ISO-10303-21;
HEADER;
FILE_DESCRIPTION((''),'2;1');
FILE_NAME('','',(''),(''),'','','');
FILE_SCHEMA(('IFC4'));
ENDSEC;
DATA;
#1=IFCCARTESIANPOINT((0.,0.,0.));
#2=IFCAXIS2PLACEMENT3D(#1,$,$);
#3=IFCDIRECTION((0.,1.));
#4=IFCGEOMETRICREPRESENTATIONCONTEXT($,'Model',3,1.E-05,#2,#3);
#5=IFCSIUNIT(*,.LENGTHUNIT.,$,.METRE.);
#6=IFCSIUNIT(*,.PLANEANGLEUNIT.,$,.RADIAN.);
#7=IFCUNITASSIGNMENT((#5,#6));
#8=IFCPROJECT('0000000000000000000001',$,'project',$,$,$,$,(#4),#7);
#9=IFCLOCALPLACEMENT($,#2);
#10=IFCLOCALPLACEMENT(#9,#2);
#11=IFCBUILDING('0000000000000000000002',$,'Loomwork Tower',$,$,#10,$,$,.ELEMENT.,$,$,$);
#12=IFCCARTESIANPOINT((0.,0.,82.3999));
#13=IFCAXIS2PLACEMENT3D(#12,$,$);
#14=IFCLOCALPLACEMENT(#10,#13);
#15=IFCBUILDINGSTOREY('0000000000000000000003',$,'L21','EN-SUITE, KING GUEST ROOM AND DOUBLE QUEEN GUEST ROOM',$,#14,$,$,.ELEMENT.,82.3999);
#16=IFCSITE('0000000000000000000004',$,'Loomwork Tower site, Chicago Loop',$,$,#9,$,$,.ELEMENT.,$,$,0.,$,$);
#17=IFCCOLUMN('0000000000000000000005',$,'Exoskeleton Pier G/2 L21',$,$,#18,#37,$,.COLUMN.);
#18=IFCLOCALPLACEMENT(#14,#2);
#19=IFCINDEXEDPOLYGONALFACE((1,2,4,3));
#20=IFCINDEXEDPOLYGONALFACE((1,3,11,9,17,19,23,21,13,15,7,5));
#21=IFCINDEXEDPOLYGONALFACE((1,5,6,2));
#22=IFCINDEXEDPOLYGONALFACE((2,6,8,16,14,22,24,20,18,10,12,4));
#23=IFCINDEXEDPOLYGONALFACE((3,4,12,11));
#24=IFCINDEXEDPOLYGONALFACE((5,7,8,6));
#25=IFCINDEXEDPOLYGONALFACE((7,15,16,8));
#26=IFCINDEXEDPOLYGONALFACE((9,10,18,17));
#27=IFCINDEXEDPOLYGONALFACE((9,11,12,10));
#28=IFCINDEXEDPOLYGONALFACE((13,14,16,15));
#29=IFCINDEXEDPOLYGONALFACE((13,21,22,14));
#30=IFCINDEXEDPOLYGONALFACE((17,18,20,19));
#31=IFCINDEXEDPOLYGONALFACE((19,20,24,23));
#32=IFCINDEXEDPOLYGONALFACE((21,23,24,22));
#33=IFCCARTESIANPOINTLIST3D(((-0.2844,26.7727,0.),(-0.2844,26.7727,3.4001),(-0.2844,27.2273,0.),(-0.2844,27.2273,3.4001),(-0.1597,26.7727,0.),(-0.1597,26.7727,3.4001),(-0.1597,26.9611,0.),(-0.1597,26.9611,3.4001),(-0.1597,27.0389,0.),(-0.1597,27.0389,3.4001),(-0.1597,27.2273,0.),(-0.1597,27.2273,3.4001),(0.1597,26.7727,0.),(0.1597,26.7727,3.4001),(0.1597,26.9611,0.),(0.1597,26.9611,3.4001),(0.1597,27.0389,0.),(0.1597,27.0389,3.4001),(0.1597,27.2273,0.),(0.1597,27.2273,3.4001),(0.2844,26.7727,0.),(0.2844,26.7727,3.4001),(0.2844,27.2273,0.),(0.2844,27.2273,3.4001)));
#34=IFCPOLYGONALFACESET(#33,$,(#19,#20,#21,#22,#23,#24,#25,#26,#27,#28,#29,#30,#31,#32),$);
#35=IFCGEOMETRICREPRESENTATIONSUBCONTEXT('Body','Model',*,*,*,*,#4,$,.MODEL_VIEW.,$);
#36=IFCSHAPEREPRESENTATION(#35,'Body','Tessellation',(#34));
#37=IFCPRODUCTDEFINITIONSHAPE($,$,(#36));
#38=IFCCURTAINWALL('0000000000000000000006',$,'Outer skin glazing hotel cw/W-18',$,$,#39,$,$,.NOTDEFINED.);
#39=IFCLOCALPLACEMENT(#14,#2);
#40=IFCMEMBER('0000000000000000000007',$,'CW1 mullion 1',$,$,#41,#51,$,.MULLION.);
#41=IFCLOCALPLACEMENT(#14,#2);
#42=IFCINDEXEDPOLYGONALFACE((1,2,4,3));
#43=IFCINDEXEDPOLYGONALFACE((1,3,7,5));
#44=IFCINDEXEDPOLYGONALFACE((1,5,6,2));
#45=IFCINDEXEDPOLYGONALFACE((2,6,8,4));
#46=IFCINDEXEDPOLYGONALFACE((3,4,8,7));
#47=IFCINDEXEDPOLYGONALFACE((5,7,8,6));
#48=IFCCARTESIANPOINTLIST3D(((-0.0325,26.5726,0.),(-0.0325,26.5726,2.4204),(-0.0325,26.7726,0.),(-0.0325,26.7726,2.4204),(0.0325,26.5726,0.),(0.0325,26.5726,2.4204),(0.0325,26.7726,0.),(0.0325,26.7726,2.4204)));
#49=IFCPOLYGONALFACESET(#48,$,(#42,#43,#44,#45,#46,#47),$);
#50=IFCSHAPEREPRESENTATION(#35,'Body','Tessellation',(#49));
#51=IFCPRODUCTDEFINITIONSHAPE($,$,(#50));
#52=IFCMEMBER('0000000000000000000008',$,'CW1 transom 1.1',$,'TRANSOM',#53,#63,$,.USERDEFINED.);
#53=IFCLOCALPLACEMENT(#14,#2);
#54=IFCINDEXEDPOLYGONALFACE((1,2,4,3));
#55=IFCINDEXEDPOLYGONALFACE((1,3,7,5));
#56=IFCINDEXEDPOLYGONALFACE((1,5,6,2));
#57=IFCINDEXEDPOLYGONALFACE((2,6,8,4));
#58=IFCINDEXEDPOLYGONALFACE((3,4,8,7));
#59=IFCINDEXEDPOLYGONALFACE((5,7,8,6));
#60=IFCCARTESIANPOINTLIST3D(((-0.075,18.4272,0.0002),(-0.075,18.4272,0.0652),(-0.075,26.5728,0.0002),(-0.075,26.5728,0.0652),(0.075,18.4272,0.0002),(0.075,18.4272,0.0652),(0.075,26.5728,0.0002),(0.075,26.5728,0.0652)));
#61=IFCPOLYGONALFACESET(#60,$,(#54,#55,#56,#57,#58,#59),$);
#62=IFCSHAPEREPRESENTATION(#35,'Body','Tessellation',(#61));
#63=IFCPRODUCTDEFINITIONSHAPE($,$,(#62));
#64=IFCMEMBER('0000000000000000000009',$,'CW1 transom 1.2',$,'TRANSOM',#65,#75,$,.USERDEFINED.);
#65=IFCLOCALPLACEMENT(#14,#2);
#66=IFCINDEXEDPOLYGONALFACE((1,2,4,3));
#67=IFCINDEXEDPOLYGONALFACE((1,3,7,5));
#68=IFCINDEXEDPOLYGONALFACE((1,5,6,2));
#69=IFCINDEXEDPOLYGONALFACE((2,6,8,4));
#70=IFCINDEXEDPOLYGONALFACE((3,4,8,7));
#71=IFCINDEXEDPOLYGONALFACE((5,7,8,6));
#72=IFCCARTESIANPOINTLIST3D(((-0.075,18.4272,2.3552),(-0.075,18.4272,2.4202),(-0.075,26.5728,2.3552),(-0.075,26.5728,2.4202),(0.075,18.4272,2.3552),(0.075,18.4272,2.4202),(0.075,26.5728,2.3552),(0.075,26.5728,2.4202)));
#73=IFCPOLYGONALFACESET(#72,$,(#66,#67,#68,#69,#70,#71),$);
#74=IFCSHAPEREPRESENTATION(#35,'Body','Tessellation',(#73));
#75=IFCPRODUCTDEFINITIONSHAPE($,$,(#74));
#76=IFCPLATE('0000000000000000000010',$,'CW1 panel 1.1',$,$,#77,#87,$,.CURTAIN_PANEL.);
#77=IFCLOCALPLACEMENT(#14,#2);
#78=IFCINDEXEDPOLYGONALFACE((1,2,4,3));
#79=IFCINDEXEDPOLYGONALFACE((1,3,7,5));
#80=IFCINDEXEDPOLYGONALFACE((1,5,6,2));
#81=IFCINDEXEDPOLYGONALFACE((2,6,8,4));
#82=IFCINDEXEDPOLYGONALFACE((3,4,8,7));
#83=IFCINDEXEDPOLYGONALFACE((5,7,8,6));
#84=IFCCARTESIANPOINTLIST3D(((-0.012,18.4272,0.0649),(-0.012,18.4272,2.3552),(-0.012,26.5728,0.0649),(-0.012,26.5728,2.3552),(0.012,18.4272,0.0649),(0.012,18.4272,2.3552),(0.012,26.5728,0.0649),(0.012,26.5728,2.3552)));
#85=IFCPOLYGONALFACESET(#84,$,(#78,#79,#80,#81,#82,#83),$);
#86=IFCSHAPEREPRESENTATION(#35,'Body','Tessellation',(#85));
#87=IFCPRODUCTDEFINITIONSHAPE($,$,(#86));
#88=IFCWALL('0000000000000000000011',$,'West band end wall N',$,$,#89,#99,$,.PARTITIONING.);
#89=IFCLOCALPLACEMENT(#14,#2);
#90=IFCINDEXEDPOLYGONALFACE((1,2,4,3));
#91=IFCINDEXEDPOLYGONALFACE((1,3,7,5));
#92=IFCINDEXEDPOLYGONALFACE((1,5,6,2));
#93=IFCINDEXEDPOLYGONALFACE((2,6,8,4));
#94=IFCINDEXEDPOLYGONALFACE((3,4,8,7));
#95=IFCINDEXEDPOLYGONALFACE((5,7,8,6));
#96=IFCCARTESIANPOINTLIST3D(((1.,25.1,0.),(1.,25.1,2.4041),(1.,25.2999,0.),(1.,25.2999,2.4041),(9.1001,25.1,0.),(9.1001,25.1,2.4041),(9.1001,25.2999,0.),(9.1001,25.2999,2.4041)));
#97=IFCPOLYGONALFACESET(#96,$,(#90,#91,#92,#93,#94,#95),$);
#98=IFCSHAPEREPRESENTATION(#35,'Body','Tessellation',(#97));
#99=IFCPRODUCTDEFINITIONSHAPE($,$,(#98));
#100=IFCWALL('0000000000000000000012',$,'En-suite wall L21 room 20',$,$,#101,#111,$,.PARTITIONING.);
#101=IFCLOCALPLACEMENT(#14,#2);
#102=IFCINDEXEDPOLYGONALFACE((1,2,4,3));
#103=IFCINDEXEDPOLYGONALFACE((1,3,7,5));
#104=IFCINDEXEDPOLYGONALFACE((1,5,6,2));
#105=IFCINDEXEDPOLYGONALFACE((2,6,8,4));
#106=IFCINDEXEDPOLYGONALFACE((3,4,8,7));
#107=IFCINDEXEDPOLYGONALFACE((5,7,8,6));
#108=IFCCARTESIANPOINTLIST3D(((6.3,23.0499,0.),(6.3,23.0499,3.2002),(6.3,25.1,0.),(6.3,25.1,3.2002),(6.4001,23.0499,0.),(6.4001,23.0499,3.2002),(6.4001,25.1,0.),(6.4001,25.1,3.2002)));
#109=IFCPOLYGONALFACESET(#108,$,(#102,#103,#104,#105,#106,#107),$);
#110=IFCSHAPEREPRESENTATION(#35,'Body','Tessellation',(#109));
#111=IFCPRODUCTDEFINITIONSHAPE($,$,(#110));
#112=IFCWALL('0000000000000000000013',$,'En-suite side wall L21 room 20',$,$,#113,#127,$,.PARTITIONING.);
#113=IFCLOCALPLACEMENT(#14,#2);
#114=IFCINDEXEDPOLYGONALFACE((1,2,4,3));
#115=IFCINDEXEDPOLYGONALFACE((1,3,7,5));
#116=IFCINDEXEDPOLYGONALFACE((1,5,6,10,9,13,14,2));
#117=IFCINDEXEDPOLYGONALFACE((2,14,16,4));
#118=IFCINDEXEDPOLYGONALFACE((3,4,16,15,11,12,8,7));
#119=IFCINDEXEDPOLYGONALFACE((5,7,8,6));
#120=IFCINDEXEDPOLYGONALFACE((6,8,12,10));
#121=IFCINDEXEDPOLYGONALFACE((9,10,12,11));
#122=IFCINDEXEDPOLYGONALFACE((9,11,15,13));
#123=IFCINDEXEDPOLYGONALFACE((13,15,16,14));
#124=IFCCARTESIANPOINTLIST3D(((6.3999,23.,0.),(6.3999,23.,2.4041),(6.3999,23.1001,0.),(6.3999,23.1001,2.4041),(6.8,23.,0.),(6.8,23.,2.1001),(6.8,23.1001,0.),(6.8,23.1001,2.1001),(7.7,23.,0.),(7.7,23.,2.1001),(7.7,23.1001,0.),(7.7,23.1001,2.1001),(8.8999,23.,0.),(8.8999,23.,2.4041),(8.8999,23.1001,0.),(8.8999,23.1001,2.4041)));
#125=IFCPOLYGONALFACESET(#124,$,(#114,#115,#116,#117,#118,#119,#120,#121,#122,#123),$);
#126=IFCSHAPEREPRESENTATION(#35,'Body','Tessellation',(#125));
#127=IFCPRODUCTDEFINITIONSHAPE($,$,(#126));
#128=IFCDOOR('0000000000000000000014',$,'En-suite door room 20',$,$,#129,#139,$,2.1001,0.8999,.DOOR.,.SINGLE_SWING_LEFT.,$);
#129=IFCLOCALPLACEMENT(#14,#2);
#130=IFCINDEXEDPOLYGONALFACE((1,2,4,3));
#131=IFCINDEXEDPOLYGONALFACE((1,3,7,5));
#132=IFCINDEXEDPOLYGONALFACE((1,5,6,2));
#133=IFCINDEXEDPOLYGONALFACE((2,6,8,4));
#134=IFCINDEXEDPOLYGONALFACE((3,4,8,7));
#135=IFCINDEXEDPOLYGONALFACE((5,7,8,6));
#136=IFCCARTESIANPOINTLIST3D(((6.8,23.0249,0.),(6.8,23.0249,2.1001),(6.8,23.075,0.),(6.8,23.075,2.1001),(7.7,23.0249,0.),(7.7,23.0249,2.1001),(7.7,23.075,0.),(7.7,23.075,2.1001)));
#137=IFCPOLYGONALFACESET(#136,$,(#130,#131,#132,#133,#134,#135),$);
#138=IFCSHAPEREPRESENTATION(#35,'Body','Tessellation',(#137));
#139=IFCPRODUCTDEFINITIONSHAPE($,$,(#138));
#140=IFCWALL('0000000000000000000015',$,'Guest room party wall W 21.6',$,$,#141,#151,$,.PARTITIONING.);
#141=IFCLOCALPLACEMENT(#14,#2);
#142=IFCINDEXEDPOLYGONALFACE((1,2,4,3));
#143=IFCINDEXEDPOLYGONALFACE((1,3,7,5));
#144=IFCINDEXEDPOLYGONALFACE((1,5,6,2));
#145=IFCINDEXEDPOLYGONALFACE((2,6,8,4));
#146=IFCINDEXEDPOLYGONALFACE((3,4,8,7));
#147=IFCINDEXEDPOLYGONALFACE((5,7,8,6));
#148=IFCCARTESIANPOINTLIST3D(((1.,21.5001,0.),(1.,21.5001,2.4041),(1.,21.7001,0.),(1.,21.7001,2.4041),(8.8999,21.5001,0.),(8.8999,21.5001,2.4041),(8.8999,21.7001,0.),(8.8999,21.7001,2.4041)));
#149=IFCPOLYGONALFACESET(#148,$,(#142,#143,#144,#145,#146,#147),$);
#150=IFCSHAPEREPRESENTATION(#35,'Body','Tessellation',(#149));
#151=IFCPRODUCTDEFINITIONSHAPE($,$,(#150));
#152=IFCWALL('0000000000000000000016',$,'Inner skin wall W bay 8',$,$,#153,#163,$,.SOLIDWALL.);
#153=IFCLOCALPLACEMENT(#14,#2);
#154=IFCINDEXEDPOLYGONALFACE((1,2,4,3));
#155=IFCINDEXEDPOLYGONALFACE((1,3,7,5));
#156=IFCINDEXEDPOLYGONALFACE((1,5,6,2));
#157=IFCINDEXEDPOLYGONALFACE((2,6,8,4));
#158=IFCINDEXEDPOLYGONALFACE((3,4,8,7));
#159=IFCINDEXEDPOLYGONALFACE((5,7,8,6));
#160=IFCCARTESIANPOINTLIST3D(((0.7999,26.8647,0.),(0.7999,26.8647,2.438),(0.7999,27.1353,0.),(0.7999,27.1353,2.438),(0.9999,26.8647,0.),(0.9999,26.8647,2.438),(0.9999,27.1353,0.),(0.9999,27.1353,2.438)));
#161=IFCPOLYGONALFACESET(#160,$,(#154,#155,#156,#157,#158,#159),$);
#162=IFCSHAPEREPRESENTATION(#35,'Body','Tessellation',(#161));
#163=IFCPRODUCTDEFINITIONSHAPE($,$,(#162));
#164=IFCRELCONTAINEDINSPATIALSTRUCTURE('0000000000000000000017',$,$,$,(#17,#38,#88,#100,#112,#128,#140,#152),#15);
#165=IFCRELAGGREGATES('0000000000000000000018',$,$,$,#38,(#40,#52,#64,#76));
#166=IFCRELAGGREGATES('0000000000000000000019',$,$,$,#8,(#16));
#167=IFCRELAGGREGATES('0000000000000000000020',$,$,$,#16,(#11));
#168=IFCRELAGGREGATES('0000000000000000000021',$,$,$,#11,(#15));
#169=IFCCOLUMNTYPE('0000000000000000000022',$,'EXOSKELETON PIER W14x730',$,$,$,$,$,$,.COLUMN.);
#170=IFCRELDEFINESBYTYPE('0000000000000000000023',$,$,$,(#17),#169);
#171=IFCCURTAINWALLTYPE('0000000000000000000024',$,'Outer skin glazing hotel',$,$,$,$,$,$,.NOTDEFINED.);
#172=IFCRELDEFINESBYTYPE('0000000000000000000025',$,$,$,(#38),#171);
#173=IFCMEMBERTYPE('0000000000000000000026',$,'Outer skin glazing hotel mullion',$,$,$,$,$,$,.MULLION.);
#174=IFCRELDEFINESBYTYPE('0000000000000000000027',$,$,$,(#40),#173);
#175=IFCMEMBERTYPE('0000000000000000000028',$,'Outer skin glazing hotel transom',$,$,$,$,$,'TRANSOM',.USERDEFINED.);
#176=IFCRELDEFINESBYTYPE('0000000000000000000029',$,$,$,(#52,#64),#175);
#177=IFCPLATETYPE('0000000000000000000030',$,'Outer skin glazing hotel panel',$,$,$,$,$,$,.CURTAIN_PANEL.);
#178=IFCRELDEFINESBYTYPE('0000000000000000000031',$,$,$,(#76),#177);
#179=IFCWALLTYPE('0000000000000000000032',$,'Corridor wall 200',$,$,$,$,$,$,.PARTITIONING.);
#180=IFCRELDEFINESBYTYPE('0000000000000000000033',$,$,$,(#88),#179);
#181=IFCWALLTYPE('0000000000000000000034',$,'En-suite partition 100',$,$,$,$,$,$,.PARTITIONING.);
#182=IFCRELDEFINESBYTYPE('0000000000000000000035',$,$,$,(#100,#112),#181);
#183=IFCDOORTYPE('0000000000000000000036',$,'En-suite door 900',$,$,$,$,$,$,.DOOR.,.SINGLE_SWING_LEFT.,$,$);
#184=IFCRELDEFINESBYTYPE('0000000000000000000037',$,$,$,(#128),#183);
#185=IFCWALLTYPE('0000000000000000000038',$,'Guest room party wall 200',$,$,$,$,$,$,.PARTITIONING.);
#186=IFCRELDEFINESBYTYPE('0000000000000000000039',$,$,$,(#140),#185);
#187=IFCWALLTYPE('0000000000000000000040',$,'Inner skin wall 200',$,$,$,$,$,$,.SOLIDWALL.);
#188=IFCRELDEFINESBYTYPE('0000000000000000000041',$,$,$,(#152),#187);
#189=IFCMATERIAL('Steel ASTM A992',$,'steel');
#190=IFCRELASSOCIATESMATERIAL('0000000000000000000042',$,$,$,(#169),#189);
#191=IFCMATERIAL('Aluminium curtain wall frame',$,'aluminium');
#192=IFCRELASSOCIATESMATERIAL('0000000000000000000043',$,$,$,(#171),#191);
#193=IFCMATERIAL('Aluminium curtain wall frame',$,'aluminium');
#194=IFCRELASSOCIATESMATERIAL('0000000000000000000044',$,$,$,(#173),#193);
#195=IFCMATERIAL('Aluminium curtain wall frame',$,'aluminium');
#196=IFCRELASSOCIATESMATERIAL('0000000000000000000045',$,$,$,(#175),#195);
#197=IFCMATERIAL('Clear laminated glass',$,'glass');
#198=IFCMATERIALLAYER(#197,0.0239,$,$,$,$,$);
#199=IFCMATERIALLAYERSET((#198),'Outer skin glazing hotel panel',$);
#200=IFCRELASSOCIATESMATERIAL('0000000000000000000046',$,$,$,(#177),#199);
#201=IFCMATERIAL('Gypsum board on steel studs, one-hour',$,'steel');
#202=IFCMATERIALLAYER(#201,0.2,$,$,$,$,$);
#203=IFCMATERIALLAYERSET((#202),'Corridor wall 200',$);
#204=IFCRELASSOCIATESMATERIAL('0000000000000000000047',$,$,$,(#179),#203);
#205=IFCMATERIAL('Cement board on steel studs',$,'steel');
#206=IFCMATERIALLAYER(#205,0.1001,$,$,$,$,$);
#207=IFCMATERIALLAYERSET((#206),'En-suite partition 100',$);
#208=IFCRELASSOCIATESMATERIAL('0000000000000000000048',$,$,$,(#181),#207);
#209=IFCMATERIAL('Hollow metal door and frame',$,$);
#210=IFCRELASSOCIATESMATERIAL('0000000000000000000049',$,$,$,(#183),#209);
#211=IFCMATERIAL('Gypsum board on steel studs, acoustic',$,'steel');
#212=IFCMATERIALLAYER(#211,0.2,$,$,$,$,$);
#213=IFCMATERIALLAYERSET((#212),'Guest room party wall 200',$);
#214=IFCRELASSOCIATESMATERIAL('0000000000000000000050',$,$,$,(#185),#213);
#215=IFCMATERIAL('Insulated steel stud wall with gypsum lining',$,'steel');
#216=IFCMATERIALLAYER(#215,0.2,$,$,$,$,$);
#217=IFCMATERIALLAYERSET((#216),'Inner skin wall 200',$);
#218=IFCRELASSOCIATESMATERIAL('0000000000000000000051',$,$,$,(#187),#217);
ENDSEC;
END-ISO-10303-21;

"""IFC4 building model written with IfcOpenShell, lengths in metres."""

from ifc_helpers import new_model, si_unit, direction, frame, frame_2d, origin, origin_2d, place, context, subcontext, project, spatial, rectangle, i_section, extrude, material, layer, layer_set, material_profile, profile_set, type_object, element, fill, aggregate, save


model = new_model("IFC4")

# Units and contexts
model_context = context("Model", 3, precision=1e-05, world=origin(), true_north=direction((0.0, 1.0)))
body_context = subcontext(model_context, "Body", "Model", "MODEL_VIEW")
ifc_project = project(units=[si_unit("LENGTHUNIT", "METRE"), si_unit("PLANEANGLEUNIT", "RADIAN")], contexts=[model_context])

# Site, building, storey
site_placement = place(None, origin())
site = spatial("IfcSite", under=ifc_project, at=site_placement, Name="Loomwork Tower site, Chicago Loop", CompositionType="ELEMENT", RefElevation=0.0)
building_placement = place(site_placement, origin())
building = spatial("IfcBuilding", under=site, at=building_placement, Name="Loomwork Tower", CompositionType="ELEMENT")
storey_placement = place(building_placement, frame((0.0, 0.0, 82.3999)))
storey = spatial("IfcBuildingStorey", under=building, at=storey_placement, Name="L21", Description="EN-SUITE, KING GUEST ROOM AND DOUBLE QUEEN GUEST ROOM", CompositionType="ELEMENT", Elevation=82.3999)

# Column
ifc_material_1 = material(Name="Steel ASTM A992", Category="steel")
ifc_material_profile_1 = material_profile(ifc_material_1, i_section(OverallWidth=0.4546, OverallDepth=0.5688, WebThickness=0.0779, FlangeThickness=0.1248, at=origin_2d()), Name="W14x730")
ifc_profile_set_1 = profile_set([ifc_material_profile_1], Name="Steel ASTM A992")
column_type = type_object("IfcColumnType", Name="EXOSKELETON PIER W14x730", PredefinedType="COLUMN", material=ifc_profile_set_1)
column_placement = place(storey_placement, frame((0.0, 27.0, 0.0), z_axis=(0.0, 0.0, 1.0), x_axis=(0.0, 1.0, 0.0)))
element("IfcColumn", 1, at=column_placement, inside=storey, type_object=column_type, Name="Exoskeleton Pier G/2 L21", PredefinedType="COLUMN", context=body_context, shape_type="SweptSolid", body=[
    extrude(i_section(OverallWidth=0.4546, OverallDepth=0.5688, WebThickness=0.0779, FlangeThickness=0.1248, at=origin_2d()), origin(), (0.0, 0.0, 1.0), 3.4001),
])

# Curtain wall, members, plate
ifc_material_2 = material(Name="Aluminium curtain wall frame", Category="aluminium")
curtain_wall_type = type_object("IfcCurtainWallType", Name="Outer skin glazing hotel", PredefinedType="NOTDEFINED", material=ifc_material_2)
curtain_wall_placement = place(storey_placement, origin())
curtain_wall = element("IfcCurtainWall", 2, at=curtain_wall_placement, inside=storey, type_object=curtain_wall_type, Name="Outer skin glazing hotel cw/W-18", PredefinedType="NOTDEFINED")
ifc_material_3 = material(Name="Aluminium curtain wall frame", Category="aluminium")
ifc_material_profile_2 = material_profile(ifc_material_3, rectangle(XDim=0.0649, YDim=0.2, at=origin_2d()), Name="AL 65x200")
ifc_profile_set_2 = profile_set([ifc_material_profile_2], Name="Aluminium curtain wall frame")
member_type_1 = type_object("IfcMemberType", Name="Outer skin glazing hotel mullion", PredefinedType="MULLION", material=ifc_profile_set_2)
member_1_placement = place(storey_placement, frame((0.0, 26.6726, 0.0), z_axis=(0.0, 0.0, 1.0), x_axis=(1.0, 0.0, 0.0)))
member_1 = element("IfcMember", 3, at=member_1_placement, type_object=member_type_1, Name="CW1 mullion 1", PredefinedType="MULLION", context=body_context, shape_type="SweptSolid", body=[
    extrude(rectangle(XDim=0.0649, YDim=0.2, at=origin_2d()), origin(), (0.0, 0.0, 1.0), 2.4204),
])
ifc_material_4 = material(Name="Aluminium curtain wall frame", Category="aluminium")
ifc_material_profile_3 = material_profile(ifc_material_4, rectangle(XDim=0.1499, YDim=0.0649, at=origin_2d()), Name="AL 65x150")
ifc_profile_set_3 = profile_set([ifc_material_profile_3], Name="Aluminium curtain wall frame")
member_type_2 = type_object("IfcMemberType", Name="Outer skin glazing hotel transom", ElementType="TRANSOM", PredefinedType="USERDEFINED", material=ifc_profile_set_3)
member_2_placement = place(storey_placement, frame((0.0, 26.5728, 0.0327), z_axis=(0.0, -1.0, 0.0), x_axis=(1.0, 0.0, 0.0)))
member_2 = element("IfcMember", 4, at=member_2_placement, type_object=member_type_2, Name="CW1 transom 1.1", ObjectType="TRANSOM", PredefinedType="USERDEFINED", context=body_context, shape_type="SweptSolid", body=[
    extrude(rectangle(XDim=0.1499, YDim=0.0649, at=origin_2d()), origin(), (0.0, 0.0, 1.0), 8.1455),
])
member_3_placement = place(storey_placement, frame((0.0, 26.5728, 2.3877), z_axis=(0.0, -1.0, 0.0), x_axis=(1.0, 0.0, 0.0)))
member_3 = element("IfcMember", 5, at=member_3_placement, type_object=member_type_2, Name="CW1 transom 1.2", ObjectType="TRANSOM", PredefinedType="USERDEFINED", context=body_context, shape_type="SweptSolid", body=[
    extrude(rectangle(XDim=0.1499, YDim=0.0649, at=origin_2d()), origin(), (0.0, 0.0, 1.0), 8.1455),
])
ifc_material_5 = material(Name="Clear laminated glass", Category="glass")
ifc_layer_1 = layer(ifc_material_5, 0.0239)
ifc_layer_set_1 = layer_set([ifc_layer_1], Name="Outer skin glazing hotel panel")
plate_type = type_object("IfcPlateType", Name="Outer skin glazing hotel panel", PredefinedType="CURTAIN_PANEL", material=ifc_layer_set_1)
plate_placement = place(storey_placement, frame((0.0, 22.5, 0.0649), z_axis=(0.0, 0.0, 1.0), x_axis=(0.0, -1.0, 0.0)))
plate = element("IfcPlate", 6, at=plate_placement, type_object=plate_type, Name="CW1 panel 1.1", PredefinedType="CURTAIN_PANEL", context=body_context, shape_type="SweptSolid", body=[
    extrude(rectangle(XDim=8.1455, YDim=0.0239, at=origin_2d()), origin(), (0.0, 0.0, 1.0), 2.2903),
])
aggregate(curtain_wall, [member_1, member_2, member_3, plate])

# Walls
ifc_material_6 = material(Name="Gypsum board on steel studs, one-hour", Category="steel")
ifc_layer_2 = layer(ifc_material_6, 0.2)
ifc_layer_set_2 = layer_set([ifc_layer_2], Name="Corridor wall 200")
wall_type_1 = type_object("IfcWallType", Name="Corridor wall 200", PredefinedType="PARTITIONING", material=ifc_layer_set_2)
wall_1_placement = place(storey_placement, frame((1.0, 25.2, 0.0), z_axis=(0.0, 0.0, 1.0), x_axis=(1.0, 0.0, 0.0)))
element("IfcWall", 7, at=wall_1_placement, inside=storey, type_object=wall_type_1, Name="West band end wall N", PredefinedType="PARTITIONING", context=body_context, shape_type="SweptSolid", body=[
    extrude(rectangle(XDim=8.1001, YDim=0.2, at=frame_2d((4.05, 0.0))), origin(), (0.0, 0.0, 1.0), 2.4041),
])
ifc_material_7 = material(Name="Cement board on steel studs", Category="steel")
ifc_layer_3 = layer(ifc_material_7, 0.1001)
ifc_layer_set_3 = layer_set([ifc_layer_3], Name="En-suite partition 100")
wall_type_2 = type_object("IfcWallType", Name="En-suite partition 100", PredefinedType="PARTITIONING", material=ifc_layer_set_3)
wall_2_placement = place(storey_placement, frame((6.3501, 23.05, 0.0), z_axis=(0.0, 0.0, 1.0), x_axis=(0.0, 1.0, 0.0)))
element("IfcWall", 8, at=wall_2_placement, inside=storey, type_object=wall_type_2, Name="En-suite wall L21 room 20", PredefinedType="PARTITIONING", context=body_context, shape_type="SweptSolid", body=[
    extrude(rectangle(XDim=2.05, YDim=0.1001, at=frame_2d((1.0249, 0.0))), origin(), (0.0, 0.0, 1.0), 3.2002),
])

# Wall, opening, door
wall_3_placement = place(storey_placement, frame((8.8999, 23.05, 0.0), z_axis=(0.0, 0.0, 1.0), x_axis=(-1.0, 0.0, 0.0)))
wall_3 = element("IfcWall", 9, at=wall_3_placement, inside=storey, type_object=wall_type_2, Name="En-suite side wall L21 room 20", PredefinedType="PARTITIONING", context=body_context, shape_type="SweptSolid", body=[
    extrude(rectangle(XDim=2.5, YDim=0.1001, at=frame_2d((1.25, 0.0))), origin(), (0.0, 0.0, 1.0), 2.4041),
])
opening_placement = place(wall_3_placement, frame((1.2, 0.0, 0.0)))
opening = element("IfcOpeningElement", 10, at=opening_placement, cuts=wall_3, PredefinedType="OPENING", context=body_context, shape_type="SweptSolid", body=[
    extrude(rectangle(XDim=0.8999, YDim=2.1001, at=frame_2d((0.45, 1.05))), frame((0.0, 0.0601, 0.0), z_axis=(0.0, -1.0, 0.0), x_axis=(1.0, 0.0, 0.0)), (0.0, 0.0, 1.0), 0.1201),
])
ifc_material_8 = material(Name="Hollow metal door and frame")
door_type = type_object("IfcDoorType", Name="En-suite door 900", OperationType="SINGLE_SWING_LEFT", PredefinedType="DOOR", material=ifc_material_8)
door_placement = place(opening_placement, frame((0.8999, 0.0, 0.0), z_axis=(0.0, 0.0, 1.0), x_axis=(-1.0, 0.0, 0.0)))
door = element("IfcDoor", 11, at=door_placement, inside=storey, type_object=door_type, Name="En-suite door room 20", OperationType="SINGLE_SWING_LEFT", OverallHeight=2.1001, OverallWidth=0.8999, PredefinedType="DOOR", context=body_context, shape_type="SweptSolid", body=[
    extrude(rectangle(XDim=0.8999, YDim=2.1001, at=frame_2d((0.45, 1.05))), frame((0.0, 0.0249, 0.0), z_axis=(0.0, -1.0, 0.0), x_axis=(1.0, 0.0, 0.0)), (0.0, 0.0, 1.0), 0.05),
])
fill(opening, door)

# Walls
ifc_material_9 = material(Name="Gypsum board on steel studs, acoustic", Category="steel")
ifc_layer_4 = layer(ifc_material_9, 0.2)
ifc_layer_set_4 = layer_set([ifc_layer_4], Name="Guest room party wall 200")
wall_type_3 = type_object("IfcWallType", Name="Guest room party wall 200", PredefinedType="PARTITIONING", material=ifc_layer_set_4)
wall_4_placement = place(storey_placement, frame((8.8999, 21.6001, 0.0), z_axis=(0.0, 0.0, 1.0), x_axis=(-1.0, 0.0, 0.0)))
element("IfcWall", 12, at=wall_4_placement, inside=storey, type_object=wall_type_3, Name="Guest room party wall W 21.6", PredefinedType="PARTITIONING", context=body_context, shape_type="SweptSolid", body=[
    extrude(rectangle(XDim=7.8999, YDim=0.2, at=frame_2d((3.95, 0.0))), origin(), (0.0, 0.0, 1.0), 2.4041),
])
ifc_material_10 = material(Name="Insulated steel stud wall with gypsum lining", Category="steel")
ifc_layer_5 = layer(ifc_material_10, 0.2)
ifc_layer_set_5 = layer_set([ifc_layer_5], Name="Inner skin wall 200")
wall_type_4 = type_object("IfcWallType", Name="Inner skin wall 200", PredefinedType="SOLIDWALL", material=ifc_layer_set_5)
wall_5_placement = place(storey_placement, frame((0.8999, 26.8647, 0.0), z_axis=(0.0, 0.0, 1.0), x_axis=(0.0, 1.0, 0.0)))
element("IfcWall", 13, at=wall_5_placement, inside=storey, type_object=wall_type_4, Name="Inner skin wall W bay 8", PredefinedType="SOLIDWALL", context=body_context, shape_type="SweptSolid", body=[
    extrude(rectangle(XDim=0.2705, YDim=0.2, at=frame_2d((0.1353, 0.0))), origin(), (0.0, 0.0, 1.0), 2.438),
])

save(model, "model.ifc")
